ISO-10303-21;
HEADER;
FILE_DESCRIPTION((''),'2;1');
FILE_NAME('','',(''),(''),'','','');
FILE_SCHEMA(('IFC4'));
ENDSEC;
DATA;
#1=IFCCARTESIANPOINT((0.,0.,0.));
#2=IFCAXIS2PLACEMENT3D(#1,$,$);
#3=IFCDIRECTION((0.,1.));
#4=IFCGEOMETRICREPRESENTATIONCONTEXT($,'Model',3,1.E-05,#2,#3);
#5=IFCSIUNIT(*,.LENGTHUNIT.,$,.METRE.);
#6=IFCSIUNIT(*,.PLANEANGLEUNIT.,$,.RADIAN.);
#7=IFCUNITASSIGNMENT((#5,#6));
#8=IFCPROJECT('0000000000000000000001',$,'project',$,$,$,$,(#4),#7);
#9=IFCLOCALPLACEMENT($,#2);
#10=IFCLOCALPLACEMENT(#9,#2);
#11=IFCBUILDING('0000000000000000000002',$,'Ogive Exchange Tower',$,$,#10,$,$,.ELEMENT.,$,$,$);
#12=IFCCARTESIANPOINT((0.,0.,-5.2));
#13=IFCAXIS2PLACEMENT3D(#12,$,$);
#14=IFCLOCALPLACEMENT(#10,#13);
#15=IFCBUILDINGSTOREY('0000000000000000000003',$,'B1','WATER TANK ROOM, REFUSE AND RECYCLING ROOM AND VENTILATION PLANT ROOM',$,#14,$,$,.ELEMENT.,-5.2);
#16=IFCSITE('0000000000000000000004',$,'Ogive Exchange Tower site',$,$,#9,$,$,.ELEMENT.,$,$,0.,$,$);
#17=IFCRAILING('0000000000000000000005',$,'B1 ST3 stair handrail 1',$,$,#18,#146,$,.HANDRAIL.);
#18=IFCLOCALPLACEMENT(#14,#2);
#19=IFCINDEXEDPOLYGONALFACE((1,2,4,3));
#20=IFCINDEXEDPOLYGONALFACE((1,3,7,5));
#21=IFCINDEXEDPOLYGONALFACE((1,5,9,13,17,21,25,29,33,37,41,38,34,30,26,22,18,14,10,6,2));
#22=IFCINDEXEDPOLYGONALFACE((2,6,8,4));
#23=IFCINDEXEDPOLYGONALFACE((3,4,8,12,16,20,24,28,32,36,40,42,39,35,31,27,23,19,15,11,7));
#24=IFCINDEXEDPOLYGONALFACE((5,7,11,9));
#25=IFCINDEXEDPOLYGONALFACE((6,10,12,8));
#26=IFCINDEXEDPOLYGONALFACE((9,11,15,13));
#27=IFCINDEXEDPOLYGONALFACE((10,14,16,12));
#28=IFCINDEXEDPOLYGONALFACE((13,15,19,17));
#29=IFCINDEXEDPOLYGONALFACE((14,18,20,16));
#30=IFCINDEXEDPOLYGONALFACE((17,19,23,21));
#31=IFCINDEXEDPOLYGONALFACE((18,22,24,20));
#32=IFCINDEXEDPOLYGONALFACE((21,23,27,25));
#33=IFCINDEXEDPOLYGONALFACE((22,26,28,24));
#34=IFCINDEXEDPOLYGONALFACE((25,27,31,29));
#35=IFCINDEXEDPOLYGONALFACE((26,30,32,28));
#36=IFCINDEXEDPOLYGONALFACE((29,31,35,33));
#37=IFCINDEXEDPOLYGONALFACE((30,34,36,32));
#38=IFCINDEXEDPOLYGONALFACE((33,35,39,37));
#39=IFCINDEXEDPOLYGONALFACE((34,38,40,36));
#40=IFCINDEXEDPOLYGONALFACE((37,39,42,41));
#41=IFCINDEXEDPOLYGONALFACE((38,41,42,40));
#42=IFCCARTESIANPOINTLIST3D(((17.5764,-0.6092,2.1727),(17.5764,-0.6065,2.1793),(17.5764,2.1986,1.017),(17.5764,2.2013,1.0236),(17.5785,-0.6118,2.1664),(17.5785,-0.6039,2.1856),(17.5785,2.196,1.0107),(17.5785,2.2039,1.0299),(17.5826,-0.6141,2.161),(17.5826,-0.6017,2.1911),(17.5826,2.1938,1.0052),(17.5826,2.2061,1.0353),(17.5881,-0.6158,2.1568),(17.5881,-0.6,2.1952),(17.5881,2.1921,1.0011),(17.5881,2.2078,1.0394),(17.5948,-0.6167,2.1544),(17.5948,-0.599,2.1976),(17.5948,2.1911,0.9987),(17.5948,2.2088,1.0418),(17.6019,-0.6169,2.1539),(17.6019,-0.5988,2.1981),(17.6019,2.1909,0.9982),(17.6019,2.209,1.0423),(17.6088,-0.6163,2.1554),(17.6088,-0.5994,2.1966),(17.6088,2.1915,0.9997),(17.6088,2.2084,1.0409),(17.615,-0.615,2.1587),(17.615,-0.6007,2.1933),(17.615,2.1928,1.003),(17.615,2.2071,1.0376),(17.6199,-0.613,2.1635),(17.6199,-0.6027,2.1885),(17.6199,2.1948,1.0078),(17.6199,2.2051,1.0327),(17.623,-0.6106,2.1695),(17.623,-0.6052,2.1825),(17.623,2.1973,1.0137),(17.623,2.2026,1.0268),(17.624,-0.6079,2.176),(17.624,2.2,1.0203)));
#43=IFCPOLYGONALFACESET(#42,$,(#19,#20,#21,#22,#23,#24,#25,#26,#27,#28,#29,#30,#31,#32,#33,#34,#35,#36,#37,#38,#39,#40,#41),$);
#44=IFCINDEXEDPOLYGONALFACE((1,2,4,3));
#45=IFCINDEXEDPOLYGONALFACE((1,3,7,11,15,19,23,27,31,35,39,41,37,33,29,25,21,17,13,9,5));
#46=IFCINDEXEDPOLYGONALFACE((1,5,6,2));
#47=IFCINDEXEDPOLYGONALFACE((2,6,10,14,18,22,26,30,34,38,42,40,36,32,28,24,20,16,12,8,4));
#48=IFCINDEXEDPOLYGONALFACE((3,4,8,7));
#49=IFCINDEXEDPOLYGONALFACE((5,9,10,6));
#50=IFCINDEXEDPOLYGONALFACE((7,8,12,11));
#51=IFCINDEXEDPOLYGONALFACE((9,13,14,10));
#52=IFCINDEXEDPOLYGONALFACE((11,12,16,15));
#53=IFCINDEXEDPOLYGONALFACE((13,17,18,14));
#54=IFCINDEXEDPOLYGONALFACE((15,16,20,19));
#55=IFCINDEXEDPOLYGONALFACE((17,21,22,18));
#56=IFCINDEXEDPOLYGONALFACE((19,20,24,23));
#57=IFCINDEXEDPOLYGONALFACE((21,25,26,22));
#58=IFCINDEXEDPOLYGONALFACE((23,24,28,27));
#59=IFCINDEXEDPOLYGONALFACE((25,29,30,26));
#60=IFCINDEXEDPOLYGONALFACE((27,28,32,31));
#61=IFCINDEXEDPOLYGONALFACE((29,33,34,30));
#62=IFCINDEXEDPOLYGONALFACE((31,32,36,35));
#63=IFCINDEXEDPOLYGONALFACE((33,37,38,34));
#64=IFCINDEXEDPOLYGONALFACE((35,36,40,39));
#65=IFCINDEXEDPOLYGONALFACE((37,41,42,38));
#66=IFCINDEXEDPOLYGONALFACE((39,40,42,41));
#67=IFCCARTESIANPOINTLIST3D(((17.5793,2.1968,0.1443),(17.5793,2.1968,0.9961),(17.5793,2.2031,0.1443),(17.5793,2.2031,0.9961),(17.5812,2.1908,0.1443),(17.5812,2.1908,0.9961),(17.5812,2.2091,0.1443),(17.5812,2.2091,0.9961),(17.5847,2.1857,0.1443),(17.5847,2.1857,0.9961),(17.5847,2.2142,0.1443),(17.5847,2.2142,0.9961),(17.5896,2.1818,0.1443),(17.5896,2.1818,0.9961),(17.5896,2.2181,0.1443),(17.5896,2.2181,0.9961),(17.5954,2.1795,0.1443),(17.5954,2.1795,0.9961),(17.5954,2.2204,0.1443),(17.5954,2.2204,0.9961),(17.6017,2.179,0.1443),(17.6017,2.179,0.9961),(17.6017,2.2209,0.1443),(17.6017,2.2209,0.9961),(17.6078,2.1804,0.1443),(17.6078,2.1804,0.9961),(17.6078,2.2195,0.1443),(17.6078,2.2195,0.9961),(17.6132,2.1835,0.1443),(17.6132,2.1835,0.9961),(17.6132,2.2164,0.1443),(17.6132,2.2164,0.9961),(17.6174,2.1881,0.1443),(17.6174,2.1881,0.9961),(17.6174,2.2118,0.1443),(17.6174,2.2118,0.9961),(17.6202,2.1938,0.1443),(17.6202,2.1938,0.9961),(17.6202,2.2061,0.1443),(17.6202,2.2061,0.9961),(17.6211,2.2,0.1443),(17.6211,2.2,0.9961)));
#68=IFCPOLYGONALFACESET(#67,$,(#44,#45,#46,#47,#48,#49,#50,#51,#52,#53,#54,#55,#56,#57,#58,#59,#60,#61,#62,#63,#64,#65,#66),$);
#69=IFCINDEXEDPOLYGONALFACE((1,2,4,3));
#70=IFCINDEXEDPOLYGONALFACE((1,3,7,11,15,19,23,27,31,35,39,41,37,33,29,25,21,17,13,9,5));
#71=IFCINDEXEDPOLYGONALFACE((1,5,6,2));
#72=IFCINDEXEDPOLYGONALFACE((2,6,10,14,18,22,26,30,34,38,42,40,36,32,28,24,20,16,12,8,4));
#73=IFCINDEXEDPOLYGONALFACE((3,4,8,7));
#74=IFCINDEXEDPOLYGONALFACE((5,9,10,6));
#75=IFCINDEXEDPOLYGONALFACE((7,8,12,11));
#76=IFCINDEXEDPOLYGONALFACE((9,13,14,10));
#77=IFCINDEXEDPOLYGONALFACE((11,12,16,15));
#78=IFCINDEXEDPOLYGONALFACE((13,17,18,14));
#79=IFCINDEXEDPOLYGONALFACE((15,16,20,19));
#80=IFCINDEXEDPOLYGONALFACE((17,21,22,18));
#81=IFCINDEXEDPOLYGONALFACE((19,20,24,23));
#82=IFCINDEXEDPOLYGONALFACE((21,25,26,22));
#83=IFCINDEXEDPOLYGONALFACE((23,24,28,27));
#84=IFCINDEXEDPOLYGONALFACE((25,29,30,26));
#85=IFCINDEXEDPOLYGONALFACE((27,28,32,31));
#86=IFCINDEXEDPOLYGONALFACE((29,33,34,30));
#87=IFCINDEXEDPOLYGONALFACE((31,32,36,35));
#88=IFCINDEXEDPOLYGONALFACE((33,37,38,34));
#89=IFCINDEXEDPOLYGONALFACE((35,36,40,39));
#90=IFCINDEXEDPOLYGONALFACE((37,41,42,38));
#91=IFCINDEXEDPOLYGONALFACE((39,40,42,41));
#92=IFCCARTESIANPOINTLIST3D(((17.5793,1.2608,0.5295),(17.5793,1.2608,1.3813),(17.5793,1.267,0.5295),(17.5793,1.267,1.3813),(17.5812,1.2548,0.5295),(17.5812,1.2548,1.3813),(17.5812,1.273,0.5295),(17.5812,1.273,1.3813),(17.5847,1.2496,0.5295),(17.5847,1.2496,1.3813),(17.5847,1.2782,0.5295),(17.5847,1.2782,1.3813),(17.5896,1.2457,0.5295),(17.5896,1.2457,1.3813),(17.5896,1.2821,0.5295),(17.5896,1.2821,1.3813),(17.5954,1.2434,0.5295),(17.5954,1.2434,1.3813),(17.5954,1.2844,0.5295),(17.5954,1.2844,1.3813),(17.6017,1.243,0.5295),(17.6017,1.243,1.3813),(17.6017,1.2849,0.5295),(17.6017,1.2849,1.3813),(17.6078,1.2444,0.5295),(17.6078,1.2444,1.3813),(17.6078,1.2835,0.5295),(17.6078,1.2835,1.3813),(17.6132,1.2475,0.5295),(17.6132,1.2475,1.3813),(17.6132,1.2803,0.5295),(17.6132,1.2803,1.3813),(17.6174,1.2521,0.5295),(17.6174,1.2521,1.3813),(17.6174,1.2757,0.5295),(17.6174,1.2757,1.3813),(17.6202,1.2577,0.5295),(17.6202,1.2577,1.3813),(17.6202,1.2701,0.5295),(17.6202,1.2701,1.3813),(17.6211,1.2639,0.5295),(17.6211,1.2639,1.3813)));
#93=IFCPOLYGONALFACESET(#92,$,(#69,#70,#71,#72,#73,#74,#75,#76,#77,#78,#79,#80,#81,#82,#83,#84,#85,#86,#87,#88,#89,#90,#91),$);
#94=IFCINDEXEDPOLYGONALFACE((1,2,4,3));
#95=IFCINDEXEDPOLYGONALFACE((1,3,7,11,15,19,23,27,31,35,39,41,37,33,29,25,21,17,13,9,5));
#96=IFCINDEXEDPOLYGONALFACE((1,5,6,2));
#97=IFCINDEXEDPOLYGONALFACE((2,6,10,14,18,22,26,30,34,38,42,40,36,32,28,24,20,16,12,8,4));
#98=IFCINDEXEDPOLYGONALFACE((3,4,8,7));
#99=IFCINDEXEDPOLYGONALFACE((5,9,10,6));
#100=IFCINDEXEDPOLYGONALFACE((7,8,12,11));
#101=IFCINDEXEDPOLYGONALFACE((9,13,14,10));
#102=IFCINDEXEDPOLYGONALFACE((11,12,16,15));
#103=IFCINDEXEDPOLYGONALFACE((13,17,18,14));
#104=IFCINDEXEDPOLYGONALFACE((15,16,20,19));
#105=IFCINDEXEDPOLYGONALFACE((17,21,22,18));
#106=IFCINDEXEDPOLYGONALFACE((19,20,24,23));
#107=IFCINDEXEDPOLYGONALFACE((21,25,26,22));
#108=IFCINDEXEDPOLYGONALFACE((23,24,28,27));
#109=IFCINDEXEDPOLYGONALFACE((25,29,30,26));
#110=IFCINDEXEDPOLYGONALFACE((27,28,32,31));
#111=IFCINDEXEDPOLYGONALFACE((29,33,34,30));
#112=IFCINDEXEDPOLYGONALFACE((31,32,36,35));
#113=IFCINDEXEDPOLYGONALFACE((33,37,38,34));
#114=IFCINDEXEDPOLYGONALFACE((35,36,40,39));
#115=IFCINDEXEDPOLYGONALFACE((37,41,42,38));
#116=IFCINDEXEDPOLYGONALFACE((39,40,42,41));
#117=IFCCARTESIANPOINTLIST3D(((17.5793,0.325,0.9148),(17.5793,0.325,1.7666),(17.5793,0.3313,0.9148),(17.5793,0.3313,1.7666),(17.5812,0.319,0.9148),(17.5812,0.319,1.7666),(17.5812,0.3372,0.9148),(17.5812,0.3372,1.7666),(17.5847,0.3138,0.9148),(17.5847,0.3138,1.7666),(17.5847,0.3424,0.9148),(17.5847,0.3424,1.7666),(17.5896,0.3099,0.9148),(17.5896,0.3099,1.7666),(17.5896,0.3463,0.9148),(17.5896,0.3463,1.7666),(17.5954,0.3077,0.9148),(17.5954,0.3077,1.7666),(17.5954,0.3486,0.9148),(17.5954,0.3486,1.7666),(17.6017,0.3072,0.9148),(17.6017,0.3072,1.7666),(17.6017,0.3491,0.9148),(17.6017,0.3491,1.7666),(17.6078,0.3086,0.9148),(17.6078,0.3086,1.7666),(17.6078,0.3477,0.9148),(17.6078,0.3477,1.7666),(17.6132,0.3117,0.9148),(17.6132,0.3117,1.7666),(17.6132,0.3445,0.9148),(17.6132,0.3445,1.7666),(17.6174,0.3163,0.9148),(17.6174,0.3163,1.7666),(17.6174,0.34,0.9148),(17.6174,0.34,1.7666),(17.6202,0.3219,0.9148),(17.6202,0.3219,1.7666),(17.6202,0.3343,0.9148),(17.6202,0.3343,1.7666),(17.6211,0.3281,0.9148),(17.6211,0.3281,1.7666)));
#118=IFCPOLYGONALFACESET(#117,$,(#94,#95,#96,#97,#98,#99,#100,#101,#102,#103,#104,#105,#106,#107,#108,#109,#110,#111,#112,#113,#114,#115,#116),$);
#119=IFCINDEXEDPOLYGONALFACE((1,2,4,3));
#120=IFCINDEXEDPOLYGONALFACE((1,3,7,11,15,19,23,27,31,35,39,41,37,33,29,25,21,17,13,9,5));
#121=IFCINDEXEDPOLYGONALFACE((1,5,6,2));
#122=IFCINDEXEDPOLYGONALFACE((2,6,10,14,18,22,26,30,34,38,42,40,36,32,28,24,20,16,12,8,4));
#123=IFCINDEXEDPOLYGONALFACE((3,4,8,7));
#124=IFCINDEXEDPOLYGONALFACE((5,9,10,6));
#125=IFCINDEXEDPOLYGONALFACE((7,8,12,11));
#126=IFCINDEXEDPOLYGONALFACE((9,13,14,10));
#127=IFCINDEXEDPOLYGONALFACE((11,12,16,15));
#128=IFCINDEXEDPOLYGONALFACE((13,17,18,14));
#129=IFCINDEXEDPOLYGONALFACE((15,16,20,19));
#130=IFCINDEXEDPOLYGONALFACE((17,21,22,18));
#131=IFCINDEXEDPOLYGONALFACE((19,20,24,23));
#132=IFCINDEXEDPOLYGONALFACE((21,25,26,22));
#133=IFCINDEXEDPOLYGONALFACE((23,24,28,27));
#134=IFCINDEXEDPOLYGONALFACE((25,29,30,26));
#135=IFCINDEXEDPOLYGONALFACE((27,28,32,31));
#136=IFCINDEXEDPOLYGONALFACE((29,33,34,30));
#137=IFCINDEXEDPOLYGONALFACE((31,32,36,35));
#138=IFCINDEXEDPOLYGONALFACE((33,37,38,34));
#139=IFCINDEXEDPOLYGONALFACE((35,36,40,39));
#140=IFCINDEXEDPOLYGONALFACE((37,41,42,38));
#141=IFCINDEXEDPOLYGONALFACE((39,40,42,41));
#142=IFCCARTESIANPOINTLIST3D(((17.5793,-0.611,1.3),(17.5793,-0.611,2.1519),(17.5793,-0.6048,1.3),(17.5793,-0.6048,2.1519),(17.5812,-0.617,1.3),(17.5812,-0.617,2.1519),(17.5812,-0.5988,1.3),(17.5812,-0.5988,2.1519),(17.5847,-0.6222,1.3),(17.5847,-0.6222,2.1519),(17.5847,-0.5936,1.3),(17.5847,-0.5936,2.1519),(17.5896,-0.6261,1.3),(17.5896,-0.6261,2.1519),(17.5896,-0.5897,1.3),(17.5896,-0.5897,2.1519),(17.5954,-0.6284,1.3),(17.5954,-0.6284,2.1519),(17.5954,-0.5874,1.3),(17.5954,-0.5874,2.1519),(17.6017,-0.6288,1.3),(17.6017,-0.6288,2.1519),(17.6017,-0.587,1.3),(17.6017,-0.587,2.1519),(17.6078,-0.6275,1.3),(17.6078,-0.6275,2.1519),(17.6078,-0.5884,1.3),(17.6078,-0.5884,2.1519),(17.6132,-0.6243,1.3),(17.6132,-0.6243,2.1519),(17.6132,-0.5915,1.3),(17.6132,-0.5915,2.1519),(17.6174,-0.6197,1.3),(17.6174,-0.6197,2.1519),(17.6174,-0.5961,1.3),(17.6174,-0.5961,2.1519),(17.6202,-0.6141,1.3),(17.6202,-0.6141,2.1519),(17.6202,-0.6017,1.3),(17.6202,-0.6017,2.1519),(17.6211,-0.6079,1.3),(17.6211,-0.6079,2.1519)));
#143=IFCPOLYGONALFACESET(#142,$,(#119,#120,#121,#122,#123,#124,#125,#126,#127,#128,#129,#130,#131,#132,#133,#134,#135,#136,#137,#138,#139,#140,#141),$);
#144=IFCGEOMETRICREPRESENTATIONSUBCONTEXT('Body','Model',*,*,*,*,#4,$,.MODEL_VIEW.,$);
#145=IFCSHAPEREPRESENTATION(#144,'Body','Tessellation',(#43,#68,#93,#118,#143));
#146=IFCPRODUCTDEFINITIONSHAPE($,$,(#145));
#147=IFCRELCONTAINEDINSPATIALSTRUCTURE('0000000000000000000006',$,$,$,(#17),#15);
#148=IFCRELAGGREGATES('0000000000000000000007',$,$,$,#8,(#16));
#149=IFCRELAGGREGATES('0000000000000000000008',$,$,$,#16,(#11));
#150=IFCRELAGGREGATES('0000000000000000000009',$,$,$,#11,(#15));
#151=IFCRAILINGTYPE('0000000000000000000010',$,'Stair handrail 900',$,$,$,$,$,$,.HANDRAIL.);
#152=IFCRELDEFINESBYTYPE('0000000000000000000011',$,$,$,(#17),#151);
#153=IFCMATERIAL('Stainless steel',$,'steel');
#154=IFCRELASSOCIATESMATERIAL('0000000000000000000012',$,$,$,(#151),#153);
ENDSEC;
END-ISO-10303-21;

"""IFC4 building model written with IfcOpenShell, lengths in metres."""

from ifc_helpers import new_model, si_unit, direction, frame, origin, origin_2d, place, context, subcontext, project, spatial, circle, extrude, material, type_object, element, save


model = new_model("IFC4")

# Units and contexts
model_context = context("Model", 3, precision=1e-05, world=origin(), true_north=direction((0.0, 1.0)))
body_context = subcontext(model_context, "Body", "Model", "MODEL_VIEW")
ifc_project = project(units=[si_unit("LENGTHUNIT", "METRE"), si_unit("PLANEANGLEUNIT", "RADIAN")], contexts=[model_context])

# Site, building, storey
site_placement = place(None, origin())
site = spatial("IfcSite", under=ifc_project, at=site_placement, Name="Ogive Exchange Tower site", CompositionType="ELEMENT", RefElevation=0.0)
building_placement = place(site_placement, origin())
building = spatial("IfcBuilding", under=site, at=building_placement, Name="Ogive Exchange Tower", CompositionType="ELEMENT")
storey_placement = place(building_placement, frame((0.0, 0.0, -5.2)))
storey = spatial("IfcBuildingStorey", under=building, at=storey_placement, Name="B1", Description="WATER TANK ROOM, REFUSE AND RECYCLING ROOM AND VENTILATION PLANT ROOM", CompositionType="ELEMENT", Elevation=-5.2)

# Shared definitions
ifc_material_1 = material(Name="Stainless steel", Category="steel")

# Railing
railing_type = type_object("IfcRailingType", Name="Stair handrail 900", PredefinedType="HANDRAIL", material=ifc_material_1)
railing_1_placement = place(storey_placement, frame((17.6001, 2.2, 0.1443)))
element("IfcRailing", 1, at=railing_1_placement, inside=storey, type_object=railing_type, Name="B1 ST3 stair handrail 1", PredefinedType="HANDRAIL", context=body_context, shape_type="SweptSolid", body=[
    extrude(circle(Radius=0.0239, at=origin_2d()), frame((0.0, 0.0, 0.876), z_axis=(0.0, -0.924726, 0.380633), x_axis=(1.0, 0.0, 0.0)), (0.0, 0.0, 1.0), 3.0364),
    extrude(circle(Radius=0.021, at=origin_2d()), origin(), (0.0, 0.0, 1.0), 0.8518),
    extrude(circle(Radius=0.021, at=origin_2d()), frame((0.0, -0.936, 0.3853)), (0.0, 0.0, 1.0), 0.8518),
    extrude(circle(Radius=0.021, at=origin_2d()), frame((0.0, -1.8718, 0.7705)), (0.0, 0.0, 1.0), 0.8518),
    extrude(circle(Radius=0.021, at=origin_2d()), frame((0.0, -2.8079, 1.1558)), (0.0, 0.0, 1.0), 0.8518),
])

save(model, "model.ifc")
